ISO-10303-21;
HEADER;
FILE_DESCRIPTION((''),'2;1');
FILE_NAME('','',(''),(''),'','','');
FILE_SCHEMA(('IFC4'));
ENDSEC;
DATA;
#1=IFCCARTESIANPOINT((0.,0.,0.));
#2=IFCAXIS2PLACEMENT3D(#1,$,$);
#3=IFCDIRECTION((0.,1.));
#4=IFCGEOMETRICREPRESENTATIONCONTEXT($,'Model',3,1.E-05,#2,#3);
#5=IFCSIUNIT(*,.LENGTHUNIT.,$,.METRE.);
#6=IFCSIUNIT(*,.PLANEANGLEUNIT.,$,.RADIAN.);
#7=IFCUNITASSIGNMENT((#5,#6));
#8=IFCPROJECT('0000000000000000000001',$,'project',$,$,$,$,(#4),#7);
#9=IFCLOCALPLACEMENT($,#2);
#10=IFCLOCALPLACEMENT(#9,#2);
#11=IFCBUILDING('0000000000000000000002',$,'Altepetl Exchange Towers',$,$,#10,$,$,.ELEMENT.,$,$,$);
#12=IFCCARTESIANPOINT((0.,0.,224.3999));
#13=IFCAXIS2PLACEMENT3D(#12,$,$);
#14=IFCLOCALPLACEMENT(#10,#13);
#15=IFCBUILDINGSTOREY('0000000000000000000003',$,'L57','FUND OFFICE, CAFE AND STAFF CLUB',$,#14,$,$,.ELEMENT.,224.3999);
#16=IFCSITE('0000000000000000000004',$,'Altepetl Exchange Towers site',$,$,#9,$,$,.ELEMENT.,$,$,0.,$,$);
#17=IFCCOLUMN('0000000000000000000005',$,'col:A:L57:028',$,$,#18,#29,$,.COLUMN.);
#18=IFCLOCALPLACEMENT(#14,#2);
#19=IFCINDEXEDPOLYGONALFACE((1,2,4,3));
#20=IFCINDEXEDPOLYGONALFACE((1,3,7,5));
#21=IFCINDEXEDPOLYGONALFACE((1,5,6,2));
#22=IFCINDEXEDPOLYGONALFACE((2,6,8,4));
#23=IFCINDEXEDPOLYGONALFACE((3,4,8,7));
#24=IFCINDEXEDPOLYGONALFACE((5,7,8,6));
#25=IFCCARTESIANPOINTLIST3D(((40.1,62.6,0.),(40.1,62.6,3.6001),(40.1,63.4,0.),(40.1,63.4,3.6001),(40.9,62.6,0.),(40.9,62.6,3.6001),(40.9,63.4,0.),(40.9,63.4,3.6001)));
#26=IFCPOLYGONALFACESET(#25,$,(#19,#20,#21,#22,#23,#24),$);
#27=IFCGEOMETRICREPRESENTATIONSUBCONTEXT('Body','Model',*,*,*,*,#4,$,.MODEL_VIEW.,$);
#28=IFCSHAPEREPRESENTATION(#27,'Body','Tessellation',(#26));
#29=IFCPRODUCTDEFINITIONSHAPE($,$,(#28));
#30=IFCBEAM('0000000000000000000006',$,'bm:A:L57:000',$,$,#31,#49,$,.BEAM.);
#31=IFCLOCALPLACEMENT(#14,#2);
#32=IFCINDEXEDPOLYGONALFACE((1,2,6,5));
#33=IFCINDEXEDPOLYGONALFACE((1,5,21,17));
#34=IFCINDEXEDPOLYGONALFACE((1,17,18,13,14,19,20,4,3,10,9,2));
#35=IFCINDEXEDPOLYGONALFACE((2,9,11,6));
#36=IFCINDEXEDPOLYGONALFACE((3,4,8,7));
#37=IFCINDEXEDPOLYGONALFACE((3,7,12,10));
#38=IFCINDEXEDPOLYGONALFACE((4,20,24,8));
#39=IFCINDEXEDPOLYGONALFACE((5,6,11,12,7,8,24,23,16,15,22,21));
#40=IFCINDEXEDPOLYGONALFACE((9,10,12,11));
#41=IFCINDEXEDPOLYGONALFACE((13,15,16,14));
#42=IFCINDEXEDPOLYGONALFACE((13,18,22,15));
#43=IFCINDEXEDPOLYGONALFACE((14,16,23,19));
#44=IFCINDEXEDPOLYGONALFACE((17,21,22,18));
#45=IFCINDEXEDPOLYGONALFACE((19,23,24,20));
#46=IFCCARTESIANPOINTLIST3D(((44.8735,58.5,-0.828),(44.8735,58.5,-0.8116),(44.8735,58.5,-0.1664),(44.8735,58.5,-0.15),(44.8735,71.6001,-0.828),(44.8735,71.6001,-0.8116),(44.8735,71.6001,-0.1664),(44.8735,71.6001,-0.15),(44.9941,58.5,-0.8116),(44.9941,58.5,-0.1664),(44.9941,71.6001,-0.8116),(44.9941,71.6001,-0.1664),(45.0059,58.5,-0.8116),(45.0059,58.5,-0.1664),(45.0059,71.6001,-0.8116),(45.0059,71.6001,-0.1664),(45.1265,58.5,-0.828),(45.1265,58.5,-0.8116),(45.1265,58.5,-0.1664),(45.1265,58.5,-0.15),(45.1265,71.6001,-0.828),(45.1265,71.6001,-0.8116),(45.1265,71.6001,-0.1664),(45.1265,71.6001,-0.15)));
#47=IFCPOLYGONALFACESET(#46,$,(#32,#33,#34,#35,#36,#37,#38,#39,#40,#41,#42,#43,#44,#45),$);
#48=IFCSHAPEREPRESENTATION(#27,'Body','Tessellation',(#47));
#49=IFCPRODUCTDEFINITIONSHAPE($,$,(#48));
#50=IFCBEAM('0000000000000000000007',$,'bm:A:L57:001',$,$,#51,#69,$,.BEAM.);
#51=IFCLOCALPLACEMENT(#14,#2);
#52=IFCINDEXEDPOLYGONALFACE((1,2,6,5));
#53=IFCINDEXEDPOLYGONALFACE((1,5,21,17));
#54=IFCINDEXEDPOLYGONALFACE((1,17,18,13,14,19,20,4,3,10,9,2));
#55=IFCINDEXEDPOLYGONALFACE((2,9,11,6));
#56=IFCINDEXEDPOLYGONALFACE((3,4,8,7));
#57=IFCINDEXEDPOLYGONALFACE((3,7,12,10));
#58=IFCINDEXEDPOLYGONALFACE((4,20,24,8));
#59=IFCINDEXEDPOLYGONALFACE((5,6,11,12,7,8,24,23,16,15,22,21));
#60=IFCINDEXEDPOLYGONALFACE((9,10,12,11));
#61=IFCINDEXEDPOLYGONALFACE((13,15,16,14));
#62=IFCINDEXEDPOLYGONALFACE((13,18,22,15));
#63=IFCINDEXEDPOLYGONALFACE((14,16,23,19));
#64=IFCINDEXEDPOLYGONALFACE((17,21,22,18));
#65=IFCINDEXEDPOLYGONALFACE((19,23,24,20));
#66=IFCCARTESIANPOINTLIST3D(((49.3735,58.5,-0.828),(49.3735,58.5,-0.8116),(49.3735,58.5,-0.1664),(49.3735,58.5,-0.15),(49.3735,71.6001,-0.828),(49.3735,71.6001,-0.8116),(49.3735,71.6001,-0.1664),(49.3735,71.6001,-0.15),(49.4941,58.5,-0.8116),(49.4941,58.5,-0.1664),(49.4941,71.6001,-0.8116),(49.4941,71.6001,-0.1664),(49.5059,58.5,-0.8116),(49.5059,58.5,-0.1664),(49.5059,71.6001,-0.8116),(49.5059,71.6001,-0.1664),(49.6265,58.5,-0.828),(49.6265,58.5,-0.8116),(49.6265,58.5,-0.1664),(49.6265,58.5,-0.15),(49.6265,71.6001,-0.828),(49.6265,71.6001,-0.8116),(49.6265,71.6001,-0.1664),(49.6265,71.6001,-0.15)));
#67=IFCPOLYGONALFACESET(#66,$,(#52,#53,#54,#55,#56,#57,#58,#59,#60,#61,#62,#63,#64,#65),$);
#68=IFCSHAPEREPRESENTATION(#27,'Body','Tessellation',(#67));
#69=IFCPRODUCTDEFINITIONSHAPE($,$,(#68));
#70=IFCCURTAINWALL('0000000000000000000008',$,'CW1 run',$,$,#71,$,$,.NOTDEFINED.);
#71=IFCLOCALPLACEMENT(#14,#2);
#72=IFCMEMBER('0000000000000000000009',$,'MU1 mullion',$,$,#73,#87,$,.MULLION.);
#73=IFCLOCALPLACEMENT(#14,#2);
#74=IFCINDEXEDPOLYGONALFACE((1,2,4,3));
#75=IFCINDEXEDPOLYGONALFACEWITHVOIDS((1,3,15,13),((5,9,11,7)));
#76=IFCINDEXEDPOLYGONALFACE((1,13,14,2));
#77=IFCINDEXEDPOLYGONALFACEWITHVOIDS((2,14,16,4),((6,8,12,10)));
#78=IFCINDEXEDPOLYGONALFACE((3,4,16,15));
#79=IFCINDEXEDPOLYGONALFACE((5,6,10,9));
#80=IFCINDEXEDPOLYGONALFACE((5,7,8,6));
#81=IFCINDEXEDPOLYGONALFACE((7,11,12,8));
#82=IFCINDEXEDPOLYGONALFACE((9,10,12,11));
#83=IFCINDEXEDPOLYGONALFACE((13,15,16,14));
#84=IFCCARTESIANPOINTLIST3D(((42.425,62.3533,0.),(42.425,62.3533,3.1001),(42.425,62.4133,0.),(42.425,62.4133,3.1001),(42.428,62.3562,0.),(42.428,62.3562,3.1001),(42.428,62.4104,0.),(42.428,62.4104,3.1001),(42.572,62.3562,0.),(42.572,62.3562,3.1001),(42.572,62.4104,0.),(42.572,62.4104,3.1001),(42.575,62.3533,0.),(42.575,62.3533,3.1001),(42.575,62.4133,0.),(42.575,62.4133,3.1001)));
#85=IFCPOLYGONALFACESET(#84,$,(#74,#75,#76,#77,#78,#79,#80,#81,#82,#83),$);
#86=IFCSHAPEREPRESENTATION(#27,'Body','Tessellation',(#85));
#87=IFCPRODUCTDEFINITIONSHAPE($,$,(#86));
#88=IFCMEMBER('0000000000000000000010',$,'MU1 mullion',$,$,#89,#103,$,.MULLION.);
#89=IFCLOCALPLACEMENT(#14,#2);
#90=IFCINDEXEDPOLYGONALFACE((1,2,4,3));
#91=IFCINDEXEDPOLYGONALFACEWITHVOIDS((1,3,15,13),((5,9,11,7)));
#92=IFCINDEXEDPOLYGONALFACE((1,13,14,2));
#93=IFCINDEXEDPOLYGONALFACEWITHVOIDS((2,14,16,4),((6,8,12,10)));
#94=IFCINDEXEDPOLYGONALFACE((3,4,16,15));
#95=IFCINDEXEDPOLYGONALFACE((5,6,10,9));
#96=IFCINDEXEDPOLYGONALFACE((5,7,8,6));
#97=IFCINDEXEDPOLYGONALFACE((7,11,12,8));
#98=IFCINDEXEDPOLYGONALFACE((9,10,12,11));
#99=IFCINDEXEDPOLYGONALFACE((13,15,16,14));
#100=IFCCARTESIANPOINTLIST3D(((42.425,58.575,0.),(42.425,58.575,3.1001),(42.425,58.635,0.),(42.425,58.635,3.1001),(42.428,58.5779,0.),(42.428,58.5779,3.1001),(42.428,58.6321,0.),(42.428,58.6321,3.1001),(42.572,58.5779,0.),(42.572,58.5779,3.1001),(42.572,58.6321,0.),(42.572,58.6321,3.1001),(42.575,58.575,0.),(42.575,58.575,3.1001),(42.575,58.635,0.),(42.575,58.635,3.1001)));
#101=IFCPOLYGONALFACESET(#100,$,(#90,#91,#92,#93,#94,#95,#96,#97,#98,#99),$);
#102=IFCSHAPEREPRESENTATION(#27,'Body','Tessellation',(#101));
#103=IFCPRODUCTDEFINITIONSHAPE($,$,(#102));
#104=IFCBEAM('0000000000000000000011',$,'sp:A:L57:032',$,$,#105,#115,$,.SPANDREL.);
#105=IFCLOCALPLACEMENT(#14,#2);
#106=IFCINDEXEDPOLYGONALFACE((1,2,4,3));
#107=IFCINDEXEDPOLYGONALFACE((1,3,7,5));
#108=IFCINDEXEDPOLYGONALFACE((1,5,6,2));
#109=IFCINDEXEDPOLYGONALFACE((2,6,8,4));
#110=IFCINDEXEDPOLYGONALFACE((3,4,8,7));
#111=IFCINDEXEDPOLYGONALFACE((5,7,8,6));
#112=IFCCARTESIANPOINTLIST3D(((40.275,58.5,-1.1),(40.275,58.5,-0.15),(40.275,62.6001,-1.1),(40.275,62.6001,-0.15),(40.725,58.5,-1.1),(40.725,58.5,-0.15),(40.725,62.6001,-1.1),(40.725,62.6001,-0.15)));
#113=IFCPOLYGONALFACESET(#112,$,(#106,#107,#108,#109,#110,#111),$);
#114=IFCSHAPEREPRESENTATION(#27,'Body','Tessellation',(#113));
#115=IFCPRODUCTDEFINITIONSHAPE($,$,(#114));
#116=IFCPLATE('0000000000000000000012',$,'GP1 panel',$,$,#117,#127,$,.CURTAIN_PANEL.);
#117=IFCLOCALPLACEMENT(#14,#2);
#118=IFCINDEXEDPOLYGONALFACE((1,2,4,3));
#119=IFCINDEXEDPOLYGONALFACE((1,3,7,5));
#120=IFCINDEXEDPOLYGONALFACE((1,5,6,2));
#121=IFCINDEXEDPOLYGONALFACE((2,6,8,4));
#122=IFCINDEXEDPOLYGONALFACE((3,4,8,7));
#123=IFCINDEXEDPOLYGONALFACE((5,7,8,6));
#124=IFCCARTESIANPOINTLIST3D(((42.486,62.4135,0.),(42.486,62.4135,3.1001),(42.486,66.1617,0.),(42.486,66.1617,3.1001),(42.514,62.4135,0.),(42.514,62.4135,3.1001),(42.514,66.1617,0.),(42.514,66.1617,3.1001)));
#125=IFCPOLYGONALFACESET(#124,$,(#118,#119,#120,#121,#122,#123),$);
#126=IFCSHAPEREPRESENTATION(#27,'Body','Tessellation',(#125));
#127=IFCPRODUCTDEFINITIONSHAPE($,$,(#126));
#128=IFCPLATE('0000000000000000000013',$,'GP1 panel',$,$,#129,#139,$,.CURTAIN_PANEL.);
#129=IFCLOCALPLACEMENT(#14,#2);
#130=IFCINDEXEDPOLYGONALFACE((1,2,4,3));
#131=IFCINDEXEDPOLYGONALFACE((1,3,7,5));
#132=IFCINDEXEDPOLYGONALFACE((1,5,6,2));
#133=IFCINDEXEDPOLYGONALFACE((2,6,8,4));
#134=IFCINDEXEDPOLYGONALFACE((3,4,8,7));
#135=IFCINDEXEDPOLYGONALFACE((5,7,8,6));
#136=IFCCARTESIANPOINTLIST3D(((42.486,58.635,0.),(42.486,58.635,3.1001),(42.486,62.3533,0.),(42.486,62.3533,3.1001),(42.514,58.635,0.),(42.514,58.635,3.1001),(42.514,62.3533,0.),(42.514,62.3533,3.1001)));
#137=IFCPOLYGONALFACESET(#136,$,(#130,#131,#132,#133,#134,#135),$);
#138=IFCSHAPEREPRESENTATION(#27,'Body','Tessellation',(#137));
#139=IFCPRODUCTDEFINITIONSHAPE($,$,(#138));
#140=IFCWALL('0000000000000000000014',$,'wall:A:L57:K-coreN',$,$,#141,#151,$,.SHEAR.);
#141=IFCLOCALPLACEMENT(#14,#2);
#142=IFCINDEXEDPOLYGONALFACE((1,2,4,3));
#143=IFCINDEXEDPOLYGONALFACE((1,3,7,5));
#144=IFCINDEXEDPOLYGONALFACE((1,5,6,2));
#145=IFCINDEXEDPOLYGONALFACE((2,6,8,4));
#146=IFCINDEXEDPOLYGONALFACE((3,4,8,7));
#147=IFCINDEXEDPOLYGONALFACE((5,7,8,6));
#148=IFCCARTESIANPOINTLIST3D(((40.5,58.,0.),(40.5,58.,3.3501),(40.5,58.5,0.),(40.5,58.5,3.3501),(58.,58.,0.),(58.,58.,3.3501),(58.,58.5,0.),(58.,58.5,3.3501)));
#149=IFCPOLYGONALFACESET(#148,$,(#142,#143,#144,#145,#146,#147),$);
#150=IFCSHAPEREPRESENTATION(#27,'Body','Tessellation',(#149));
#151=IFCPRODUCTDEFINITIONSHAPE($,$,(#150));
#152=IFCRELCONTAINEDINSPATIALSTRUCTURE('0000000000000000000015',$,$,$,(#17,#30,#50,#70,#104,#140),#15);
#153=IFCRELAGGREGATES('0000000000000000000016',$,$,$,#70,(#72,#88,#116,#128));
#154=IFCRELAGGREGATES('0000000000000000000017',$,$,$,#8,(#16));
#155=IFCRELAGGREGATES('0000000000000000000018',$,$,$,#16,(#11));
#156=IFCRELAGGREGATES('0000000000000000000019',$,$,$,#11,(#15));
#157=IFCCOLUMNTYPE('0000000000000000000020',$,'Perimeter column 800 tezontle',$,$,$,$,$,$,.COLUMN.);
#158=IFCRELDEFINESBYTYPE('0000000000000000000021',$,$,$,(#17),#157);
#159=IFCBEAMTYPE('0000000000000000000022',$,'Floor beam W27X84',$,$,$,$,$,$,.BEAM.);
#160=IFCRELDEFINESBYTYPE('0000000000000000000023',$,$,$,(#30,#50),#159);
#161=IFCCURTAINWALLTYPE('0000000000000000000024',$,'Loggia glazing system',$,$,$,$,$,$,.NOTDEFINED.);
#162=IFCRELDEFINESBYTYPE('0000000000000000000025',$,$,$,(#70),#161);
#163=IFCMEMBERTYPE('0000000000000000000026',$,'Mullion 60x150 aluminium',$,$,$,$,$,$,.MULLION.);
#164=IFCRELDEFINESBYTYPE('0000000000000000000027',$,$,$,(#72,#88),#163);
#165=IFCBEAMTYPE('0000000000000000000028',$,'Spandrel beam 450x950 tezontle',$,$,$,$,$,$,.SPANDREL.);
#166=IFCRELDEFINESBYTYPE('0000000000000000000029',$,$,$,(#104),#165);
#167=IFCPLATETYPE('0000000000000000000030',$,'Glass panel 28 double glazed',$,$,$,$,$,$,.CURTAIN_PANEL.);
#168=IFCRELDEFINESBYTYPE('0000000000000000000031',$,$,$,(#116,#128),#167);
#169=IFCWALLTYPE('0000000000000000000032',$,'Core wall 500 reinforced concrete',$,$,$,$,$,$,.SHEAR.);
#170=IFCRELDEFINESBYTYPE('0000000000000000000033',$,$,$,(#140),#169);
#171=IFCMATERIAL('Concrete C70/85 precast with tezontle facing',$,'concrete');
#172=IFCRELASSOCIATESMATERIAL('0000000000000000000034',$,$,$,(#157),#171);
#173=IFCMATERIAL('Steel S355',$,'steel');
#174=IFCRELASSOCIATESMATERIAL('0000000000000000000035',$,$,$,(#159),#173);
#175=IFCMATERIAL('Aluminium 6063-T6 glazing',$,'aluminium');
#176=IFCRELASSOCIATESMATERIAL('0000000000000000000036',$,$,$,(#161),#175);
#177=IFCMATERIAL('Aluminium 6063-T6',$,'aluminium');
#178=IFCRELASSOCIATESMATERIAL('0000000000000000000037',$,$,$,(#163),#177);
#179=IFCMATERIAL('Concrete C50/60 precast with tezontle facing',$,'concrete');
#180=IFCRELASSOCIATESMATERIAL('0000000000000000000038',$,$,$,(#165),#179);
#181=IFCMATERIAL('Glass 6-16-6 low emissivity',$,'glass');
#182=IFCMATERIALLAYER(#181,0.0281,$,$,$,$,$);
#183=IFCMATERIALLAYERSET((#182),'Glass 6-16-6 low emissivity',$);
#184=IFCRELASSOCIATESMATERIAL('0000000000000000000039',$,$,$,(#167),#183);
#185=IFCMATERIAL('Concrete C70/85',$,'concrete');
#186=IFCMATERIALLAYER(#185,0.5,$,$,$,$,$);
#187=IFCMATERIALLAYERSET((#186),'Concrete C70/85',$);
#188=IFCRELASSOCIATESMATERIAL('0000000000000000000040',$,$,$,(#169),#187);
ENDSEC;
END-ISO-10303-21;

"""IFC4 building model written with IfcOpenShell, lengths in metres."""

from ifc_helpers import new_model, si_unit, direction, frame, frame_2d, origin, origin_2d, place, context, subcontext, project, spatial, rectangle, hollow_rectangle, i_section, extrude, material, layer, layer_set, material_profile, profile_set, type_object, element, aggregate, save


model = new_model("IFC4")

# Units and contexts
model_context = context("Model", 3, precision=1e-05, world=origin(), true_north=direction((0.0, 1.0)))
body_context = subcontext(model_context, "Body", "Model", "MODEL_VIEW")
ifc_project = project(units=[si_unit("LENGTHUNIT", "METRE"), si_unit("PLANEANGLEUNIT", "RADIAN")], contexts=[model_context])

# Site, building, storey
site_placement = place(None, origin())
site = spatial("IfcSite", under=ifc_project, at=site_placement, Name="Altepetl Exchange Towers site", CompositionType="ELEMENT", RefElevation=0.0)
building_placement = place(site_placement, origin())
building = spatial("IfcBuilding", under=site, at=building_placement, Name="Altepetl Exchange Towers", CompositionType="ELEMENT")
storey_placement = place(building_placement, frame((0.0, 0.0, 224.3999)))
storey = spatial("IfcBuildingStorey", under=building, at=storey_placement, Name="L57", Description="FUND OFFICE, CAFE AND STAFF CLUB", CompositionType="ELEMENT", Elevation=224.3999)

# Column
ifc_material_1 = material(Name="Concrete C70/85 precast with tezontle facing", Category="concrete")
ifc_material_profile_1 = material_profile(ifc_material_1, rectangle(XDim=0.8, YDim=0.8, at=origin_2d()), Name="800 x 800")
ifc_profile_set_1 = profile_set([ifc_material_profile_1], Name="Concrete C70/85 precast with tezontle facing")
column_type = type_object("IfcColumnType", Name="Perimeter column 800 tezontle", PredefinedType="COLUMN", material=ifc_profile_set_1)
column_placement = place(storey_placement, frame((40.5, 63.0, 0.0)))
element("IfcColumn", 1, at=column_placement, inside=storey, type_object=column_type, Name="col:A:L57:028", PredefinedType="COLUMN", context=body_context, shape_type="SweptSolid", body=[
    extrude(rectangle(XDim=0.8, YDim=0.8, at=origin_2d()), origin(), (0.0, 0.0, 1.0), 3.6001),
])

# Beams
ifc_material_2 = material(Name="Steel S355", Category="steel")
ifc_material_profile_2 = material_profile(ifc_material_2, i_section(OverallWidth=0.2529, OverallDepth=0.678, WebThickness=0.0117, FlangeThickness=0.0164, at=origin_2d()), Name="W27X84")
ifc_profile_set_2 = profile_set([ifc_material_profile_2], Name="Steel S355")
beam_type_1 = type_object("IfcBeamType", Name="Floor beam W27X84", PredefinedType="BEAM", material=ifc_profile_set_2)
for number, where, z_axis, x_axis, name in (
    (2, (45.0, 58.5, -0.489), (0.0, 1.0, 0.0), (-1.0, 0.0, 0.0), "bm:A:L57:000"),
    (3, (49.5, 58.5, -0.489), (0.0, 1.0, 0.0), (-1.0, 0.0, 0.0), "bm:A:L57:001"),
):
    element("IfcBeam", number, at=place(storey_placement, frame(where, z_axis=z_axis, x_axis=x_axis)), inside=storey, type_object=beam_type_1, Name=name, PredefinedType="BEAM", context=body_context, shape_type="SweptSolid", body=[
        extrude(i_section(OverallWidth=0.2529, OverallDepth=0.678, WebThickness=0.0117, FlangeThickness=0.0164, at=origin_2d()), origin(), (0.0, 0.0, 1.0), 13.1001),
    ])

# Curtain wall, members
ifc_material_3 = material(Name="Aluminium 6063-T6 glazing", Category="aluminium")
curtain_wall_type = type_object("IfcCurtainWallType", Name="Loggia glazing system", PredefinedType="NOTDEFINED", material=ifc_material_3)
curtain_wall_placement = place(storey_placement, origin())
curtain_wall = element("IfcCurtainWall", 4, at=curtain_wall_placement, inside=storey, type_object=curtain_wall_type, Name="CW1 run", PredefinedType="NOTDEFINED")
ifc_material_4 = material(Name="Aluminium 6063-T6", Category="aluminium")
ifc_material_profile_3 = material_profile(ifc_material_4, hollow_rectangle(XDim=0.0601, YDim=0.1499, WallThickness=0.0029, at=origin_2d()), Name="Mullion 60x150 aluminium")
ifc_profile_set_3 = profile_set([ifc_material_profile_3], Name="Aluminium 6063-T6")
member_type = type_object("IfcMemberType", Name="Mullion 60x150 aluminium", PredefinedType="MULLION", material=ifc_profile_set_3)
member_1_placement = place(storey_placement, frame((42.5, 62.3833, 0.0), z_axis=(0.0, 0.0, 1.0), x_axis=(0.0, -1.0, 0.0)))
member_1 = element("IfcMember", 5, at=member_1_placement, type_object=member_type, Name="MU1 mullion", PredefinedType="MULLION", context=body_context, shape_type="SweptSolid", body=[
    extrude(hollow_rectangle(XDim=0.0601, YDim=0.1499, WallThickness=0.0029, at=origin_2d()), origin(), (0.0, 0.0, 1.0), 3.1001),
])
member_2_placement = place(storey_placement, frame((42.5, 58.605, 0.0), z_axis=(0.0, 0.0, 1.0), x_axis=(0.0, -1.0, 0.0)))
member_2 = element("IfcMember", 6, at=member_2_placement, type_object=member_type, Name="MU1 mullion", PredefinedType="MULLION", context=body_context, shape_type="SweptSolid", body=[
    extrude(hollow_rectangle(XDim=0.0601, YDim=0.1499, WallThickness=0.0029, at=origin_2d()), origin(), (0.0, 0.0, 1.0), 3.1001),
])

# Beam
ifc_material_5 = material(Name="Concrete C50/60 precast with tezontle facing", Category="concrete")
ifc_material_profile_4 = material_profile(ifc_material_5, rectangle(XDim=0.45, YDim=0.95, at=origin_2d()), Name="450 x 950")
ifc_profile_set_4 = profile_set([ifc_material_profile_4], Name="Concrete C50/60 precast with tezontle facing")
beam_type_2 = type_object("IfcBeamType", Name="Spandrel beam 450x950 tezontle", PredefinedType="SPANDREL", material=ifc_profile_set_4)
beam_placement = place(storey_placement, frame((40.5, 62.6001, -0.625), z_axis=(0.0, -1.0, 0.0), x_axis=(1.0, 0.0, 0.0)))
element("IfcBeam", 7, at=beam_placement, inside=storey, type_object=beam_type_2, Name="sp:A:L57:032", PredefinedType="SPANDREL", context=body_context, shape_type="SweptSolid", body=[
    extrude(rectangle(XDim=0.45, YDim=0.95, at=origin_2d()), origin(), (0.0, 0.0, 1.0), 4.1001),
])

# Plates
ifc_material_6 = material(Name="Glass 6-16-6 low emissivity", Category="glass")
ifc_layer_1 = layer(ifc_material_6, 0.0281)
ifc_layer_set_1 = layer_set([ifc_layer_1], Name="Glass 6-16-6 low emissivity")
plate_type = type_object("IfcPlateType", Name="Glass panel 28 double glazed", PredefinedType="CURTAIN_PANEL", material=ifc_layer_set_1)
plate_1_placement = place(storey_placement, frame((42.5, 64.2876, 0.0), z_axis=(0.0, 0.0, 1.0), x_axis=(0.0, -1.0, 0.0)))
plate_1 = element("IfcPlate", 8, at=plate_1_placement, type_object=plate_type, Name="GP1 panel", PredefinedType="CURTAIN_PANEL", context=body_context, shape_type="SweptSolid", body=[
    extrude(rectangle(XDim=3.7483, YDim=0.0281, at=origin_2d()), origin(), (0.0, 0.0, 1.0), 3.1001),
])
plate_2_placement = place(storey_placement, frame((42.5, 60.4941, 0.0), z_axis=(0.0, 0.0, 1.0), x_axis=(0.0, -1.0, 0.0)))
plate_2 = element("IfcPlate", 9, at=plate_2_placement, type_object=plate_type, Name="GP1 panel", PredefinedType="CURTAIN_PANEL", context=body_context, shape_type="SweptSolid", body=[
    extrude(rectangle(XDim=3.7183, YDim=0.0281, at=origin_2d()), origin(), (0.0, 0.0, 1.0), 3.1001),
])
aggregate(curtain_wall, [member_1, member_2, plate_1, plate_2])

# Wall
ifc_material_7 = material(Name="Concrete C70/85", Category="concrete")
ifc_layer_2 = layer(ifc_material_7, 0.5)
ifc_layer_set_2 = layer_set([ifc_layer_2], Name="Concrete C70/85")
wall_type_1 = type_object("IfcWallType", Name="Core wall 500 reinforced concrete", PredefinedType="SHEAR", material=ifc_layer_set_2)
wall_1_placement = place(storey_placement, frame((40.5, 58.25, 0.0)))
element("IfcWall", 10, at=wall_1_placement, inside=storey, type_object=wall_type_1, Name="wall:A:L57:K-coreN", PredefinedType="SHEAR", context=body_context, shape_type="SweptSolid", body=[
    extrude(rectangle(XDim=17.5, YDim=0.5, at=frame_2d((8.75, 0.0))), origin(), (0.0, 0.0, 1.0), 3.3501),
])

save(model, "model.ifc")
